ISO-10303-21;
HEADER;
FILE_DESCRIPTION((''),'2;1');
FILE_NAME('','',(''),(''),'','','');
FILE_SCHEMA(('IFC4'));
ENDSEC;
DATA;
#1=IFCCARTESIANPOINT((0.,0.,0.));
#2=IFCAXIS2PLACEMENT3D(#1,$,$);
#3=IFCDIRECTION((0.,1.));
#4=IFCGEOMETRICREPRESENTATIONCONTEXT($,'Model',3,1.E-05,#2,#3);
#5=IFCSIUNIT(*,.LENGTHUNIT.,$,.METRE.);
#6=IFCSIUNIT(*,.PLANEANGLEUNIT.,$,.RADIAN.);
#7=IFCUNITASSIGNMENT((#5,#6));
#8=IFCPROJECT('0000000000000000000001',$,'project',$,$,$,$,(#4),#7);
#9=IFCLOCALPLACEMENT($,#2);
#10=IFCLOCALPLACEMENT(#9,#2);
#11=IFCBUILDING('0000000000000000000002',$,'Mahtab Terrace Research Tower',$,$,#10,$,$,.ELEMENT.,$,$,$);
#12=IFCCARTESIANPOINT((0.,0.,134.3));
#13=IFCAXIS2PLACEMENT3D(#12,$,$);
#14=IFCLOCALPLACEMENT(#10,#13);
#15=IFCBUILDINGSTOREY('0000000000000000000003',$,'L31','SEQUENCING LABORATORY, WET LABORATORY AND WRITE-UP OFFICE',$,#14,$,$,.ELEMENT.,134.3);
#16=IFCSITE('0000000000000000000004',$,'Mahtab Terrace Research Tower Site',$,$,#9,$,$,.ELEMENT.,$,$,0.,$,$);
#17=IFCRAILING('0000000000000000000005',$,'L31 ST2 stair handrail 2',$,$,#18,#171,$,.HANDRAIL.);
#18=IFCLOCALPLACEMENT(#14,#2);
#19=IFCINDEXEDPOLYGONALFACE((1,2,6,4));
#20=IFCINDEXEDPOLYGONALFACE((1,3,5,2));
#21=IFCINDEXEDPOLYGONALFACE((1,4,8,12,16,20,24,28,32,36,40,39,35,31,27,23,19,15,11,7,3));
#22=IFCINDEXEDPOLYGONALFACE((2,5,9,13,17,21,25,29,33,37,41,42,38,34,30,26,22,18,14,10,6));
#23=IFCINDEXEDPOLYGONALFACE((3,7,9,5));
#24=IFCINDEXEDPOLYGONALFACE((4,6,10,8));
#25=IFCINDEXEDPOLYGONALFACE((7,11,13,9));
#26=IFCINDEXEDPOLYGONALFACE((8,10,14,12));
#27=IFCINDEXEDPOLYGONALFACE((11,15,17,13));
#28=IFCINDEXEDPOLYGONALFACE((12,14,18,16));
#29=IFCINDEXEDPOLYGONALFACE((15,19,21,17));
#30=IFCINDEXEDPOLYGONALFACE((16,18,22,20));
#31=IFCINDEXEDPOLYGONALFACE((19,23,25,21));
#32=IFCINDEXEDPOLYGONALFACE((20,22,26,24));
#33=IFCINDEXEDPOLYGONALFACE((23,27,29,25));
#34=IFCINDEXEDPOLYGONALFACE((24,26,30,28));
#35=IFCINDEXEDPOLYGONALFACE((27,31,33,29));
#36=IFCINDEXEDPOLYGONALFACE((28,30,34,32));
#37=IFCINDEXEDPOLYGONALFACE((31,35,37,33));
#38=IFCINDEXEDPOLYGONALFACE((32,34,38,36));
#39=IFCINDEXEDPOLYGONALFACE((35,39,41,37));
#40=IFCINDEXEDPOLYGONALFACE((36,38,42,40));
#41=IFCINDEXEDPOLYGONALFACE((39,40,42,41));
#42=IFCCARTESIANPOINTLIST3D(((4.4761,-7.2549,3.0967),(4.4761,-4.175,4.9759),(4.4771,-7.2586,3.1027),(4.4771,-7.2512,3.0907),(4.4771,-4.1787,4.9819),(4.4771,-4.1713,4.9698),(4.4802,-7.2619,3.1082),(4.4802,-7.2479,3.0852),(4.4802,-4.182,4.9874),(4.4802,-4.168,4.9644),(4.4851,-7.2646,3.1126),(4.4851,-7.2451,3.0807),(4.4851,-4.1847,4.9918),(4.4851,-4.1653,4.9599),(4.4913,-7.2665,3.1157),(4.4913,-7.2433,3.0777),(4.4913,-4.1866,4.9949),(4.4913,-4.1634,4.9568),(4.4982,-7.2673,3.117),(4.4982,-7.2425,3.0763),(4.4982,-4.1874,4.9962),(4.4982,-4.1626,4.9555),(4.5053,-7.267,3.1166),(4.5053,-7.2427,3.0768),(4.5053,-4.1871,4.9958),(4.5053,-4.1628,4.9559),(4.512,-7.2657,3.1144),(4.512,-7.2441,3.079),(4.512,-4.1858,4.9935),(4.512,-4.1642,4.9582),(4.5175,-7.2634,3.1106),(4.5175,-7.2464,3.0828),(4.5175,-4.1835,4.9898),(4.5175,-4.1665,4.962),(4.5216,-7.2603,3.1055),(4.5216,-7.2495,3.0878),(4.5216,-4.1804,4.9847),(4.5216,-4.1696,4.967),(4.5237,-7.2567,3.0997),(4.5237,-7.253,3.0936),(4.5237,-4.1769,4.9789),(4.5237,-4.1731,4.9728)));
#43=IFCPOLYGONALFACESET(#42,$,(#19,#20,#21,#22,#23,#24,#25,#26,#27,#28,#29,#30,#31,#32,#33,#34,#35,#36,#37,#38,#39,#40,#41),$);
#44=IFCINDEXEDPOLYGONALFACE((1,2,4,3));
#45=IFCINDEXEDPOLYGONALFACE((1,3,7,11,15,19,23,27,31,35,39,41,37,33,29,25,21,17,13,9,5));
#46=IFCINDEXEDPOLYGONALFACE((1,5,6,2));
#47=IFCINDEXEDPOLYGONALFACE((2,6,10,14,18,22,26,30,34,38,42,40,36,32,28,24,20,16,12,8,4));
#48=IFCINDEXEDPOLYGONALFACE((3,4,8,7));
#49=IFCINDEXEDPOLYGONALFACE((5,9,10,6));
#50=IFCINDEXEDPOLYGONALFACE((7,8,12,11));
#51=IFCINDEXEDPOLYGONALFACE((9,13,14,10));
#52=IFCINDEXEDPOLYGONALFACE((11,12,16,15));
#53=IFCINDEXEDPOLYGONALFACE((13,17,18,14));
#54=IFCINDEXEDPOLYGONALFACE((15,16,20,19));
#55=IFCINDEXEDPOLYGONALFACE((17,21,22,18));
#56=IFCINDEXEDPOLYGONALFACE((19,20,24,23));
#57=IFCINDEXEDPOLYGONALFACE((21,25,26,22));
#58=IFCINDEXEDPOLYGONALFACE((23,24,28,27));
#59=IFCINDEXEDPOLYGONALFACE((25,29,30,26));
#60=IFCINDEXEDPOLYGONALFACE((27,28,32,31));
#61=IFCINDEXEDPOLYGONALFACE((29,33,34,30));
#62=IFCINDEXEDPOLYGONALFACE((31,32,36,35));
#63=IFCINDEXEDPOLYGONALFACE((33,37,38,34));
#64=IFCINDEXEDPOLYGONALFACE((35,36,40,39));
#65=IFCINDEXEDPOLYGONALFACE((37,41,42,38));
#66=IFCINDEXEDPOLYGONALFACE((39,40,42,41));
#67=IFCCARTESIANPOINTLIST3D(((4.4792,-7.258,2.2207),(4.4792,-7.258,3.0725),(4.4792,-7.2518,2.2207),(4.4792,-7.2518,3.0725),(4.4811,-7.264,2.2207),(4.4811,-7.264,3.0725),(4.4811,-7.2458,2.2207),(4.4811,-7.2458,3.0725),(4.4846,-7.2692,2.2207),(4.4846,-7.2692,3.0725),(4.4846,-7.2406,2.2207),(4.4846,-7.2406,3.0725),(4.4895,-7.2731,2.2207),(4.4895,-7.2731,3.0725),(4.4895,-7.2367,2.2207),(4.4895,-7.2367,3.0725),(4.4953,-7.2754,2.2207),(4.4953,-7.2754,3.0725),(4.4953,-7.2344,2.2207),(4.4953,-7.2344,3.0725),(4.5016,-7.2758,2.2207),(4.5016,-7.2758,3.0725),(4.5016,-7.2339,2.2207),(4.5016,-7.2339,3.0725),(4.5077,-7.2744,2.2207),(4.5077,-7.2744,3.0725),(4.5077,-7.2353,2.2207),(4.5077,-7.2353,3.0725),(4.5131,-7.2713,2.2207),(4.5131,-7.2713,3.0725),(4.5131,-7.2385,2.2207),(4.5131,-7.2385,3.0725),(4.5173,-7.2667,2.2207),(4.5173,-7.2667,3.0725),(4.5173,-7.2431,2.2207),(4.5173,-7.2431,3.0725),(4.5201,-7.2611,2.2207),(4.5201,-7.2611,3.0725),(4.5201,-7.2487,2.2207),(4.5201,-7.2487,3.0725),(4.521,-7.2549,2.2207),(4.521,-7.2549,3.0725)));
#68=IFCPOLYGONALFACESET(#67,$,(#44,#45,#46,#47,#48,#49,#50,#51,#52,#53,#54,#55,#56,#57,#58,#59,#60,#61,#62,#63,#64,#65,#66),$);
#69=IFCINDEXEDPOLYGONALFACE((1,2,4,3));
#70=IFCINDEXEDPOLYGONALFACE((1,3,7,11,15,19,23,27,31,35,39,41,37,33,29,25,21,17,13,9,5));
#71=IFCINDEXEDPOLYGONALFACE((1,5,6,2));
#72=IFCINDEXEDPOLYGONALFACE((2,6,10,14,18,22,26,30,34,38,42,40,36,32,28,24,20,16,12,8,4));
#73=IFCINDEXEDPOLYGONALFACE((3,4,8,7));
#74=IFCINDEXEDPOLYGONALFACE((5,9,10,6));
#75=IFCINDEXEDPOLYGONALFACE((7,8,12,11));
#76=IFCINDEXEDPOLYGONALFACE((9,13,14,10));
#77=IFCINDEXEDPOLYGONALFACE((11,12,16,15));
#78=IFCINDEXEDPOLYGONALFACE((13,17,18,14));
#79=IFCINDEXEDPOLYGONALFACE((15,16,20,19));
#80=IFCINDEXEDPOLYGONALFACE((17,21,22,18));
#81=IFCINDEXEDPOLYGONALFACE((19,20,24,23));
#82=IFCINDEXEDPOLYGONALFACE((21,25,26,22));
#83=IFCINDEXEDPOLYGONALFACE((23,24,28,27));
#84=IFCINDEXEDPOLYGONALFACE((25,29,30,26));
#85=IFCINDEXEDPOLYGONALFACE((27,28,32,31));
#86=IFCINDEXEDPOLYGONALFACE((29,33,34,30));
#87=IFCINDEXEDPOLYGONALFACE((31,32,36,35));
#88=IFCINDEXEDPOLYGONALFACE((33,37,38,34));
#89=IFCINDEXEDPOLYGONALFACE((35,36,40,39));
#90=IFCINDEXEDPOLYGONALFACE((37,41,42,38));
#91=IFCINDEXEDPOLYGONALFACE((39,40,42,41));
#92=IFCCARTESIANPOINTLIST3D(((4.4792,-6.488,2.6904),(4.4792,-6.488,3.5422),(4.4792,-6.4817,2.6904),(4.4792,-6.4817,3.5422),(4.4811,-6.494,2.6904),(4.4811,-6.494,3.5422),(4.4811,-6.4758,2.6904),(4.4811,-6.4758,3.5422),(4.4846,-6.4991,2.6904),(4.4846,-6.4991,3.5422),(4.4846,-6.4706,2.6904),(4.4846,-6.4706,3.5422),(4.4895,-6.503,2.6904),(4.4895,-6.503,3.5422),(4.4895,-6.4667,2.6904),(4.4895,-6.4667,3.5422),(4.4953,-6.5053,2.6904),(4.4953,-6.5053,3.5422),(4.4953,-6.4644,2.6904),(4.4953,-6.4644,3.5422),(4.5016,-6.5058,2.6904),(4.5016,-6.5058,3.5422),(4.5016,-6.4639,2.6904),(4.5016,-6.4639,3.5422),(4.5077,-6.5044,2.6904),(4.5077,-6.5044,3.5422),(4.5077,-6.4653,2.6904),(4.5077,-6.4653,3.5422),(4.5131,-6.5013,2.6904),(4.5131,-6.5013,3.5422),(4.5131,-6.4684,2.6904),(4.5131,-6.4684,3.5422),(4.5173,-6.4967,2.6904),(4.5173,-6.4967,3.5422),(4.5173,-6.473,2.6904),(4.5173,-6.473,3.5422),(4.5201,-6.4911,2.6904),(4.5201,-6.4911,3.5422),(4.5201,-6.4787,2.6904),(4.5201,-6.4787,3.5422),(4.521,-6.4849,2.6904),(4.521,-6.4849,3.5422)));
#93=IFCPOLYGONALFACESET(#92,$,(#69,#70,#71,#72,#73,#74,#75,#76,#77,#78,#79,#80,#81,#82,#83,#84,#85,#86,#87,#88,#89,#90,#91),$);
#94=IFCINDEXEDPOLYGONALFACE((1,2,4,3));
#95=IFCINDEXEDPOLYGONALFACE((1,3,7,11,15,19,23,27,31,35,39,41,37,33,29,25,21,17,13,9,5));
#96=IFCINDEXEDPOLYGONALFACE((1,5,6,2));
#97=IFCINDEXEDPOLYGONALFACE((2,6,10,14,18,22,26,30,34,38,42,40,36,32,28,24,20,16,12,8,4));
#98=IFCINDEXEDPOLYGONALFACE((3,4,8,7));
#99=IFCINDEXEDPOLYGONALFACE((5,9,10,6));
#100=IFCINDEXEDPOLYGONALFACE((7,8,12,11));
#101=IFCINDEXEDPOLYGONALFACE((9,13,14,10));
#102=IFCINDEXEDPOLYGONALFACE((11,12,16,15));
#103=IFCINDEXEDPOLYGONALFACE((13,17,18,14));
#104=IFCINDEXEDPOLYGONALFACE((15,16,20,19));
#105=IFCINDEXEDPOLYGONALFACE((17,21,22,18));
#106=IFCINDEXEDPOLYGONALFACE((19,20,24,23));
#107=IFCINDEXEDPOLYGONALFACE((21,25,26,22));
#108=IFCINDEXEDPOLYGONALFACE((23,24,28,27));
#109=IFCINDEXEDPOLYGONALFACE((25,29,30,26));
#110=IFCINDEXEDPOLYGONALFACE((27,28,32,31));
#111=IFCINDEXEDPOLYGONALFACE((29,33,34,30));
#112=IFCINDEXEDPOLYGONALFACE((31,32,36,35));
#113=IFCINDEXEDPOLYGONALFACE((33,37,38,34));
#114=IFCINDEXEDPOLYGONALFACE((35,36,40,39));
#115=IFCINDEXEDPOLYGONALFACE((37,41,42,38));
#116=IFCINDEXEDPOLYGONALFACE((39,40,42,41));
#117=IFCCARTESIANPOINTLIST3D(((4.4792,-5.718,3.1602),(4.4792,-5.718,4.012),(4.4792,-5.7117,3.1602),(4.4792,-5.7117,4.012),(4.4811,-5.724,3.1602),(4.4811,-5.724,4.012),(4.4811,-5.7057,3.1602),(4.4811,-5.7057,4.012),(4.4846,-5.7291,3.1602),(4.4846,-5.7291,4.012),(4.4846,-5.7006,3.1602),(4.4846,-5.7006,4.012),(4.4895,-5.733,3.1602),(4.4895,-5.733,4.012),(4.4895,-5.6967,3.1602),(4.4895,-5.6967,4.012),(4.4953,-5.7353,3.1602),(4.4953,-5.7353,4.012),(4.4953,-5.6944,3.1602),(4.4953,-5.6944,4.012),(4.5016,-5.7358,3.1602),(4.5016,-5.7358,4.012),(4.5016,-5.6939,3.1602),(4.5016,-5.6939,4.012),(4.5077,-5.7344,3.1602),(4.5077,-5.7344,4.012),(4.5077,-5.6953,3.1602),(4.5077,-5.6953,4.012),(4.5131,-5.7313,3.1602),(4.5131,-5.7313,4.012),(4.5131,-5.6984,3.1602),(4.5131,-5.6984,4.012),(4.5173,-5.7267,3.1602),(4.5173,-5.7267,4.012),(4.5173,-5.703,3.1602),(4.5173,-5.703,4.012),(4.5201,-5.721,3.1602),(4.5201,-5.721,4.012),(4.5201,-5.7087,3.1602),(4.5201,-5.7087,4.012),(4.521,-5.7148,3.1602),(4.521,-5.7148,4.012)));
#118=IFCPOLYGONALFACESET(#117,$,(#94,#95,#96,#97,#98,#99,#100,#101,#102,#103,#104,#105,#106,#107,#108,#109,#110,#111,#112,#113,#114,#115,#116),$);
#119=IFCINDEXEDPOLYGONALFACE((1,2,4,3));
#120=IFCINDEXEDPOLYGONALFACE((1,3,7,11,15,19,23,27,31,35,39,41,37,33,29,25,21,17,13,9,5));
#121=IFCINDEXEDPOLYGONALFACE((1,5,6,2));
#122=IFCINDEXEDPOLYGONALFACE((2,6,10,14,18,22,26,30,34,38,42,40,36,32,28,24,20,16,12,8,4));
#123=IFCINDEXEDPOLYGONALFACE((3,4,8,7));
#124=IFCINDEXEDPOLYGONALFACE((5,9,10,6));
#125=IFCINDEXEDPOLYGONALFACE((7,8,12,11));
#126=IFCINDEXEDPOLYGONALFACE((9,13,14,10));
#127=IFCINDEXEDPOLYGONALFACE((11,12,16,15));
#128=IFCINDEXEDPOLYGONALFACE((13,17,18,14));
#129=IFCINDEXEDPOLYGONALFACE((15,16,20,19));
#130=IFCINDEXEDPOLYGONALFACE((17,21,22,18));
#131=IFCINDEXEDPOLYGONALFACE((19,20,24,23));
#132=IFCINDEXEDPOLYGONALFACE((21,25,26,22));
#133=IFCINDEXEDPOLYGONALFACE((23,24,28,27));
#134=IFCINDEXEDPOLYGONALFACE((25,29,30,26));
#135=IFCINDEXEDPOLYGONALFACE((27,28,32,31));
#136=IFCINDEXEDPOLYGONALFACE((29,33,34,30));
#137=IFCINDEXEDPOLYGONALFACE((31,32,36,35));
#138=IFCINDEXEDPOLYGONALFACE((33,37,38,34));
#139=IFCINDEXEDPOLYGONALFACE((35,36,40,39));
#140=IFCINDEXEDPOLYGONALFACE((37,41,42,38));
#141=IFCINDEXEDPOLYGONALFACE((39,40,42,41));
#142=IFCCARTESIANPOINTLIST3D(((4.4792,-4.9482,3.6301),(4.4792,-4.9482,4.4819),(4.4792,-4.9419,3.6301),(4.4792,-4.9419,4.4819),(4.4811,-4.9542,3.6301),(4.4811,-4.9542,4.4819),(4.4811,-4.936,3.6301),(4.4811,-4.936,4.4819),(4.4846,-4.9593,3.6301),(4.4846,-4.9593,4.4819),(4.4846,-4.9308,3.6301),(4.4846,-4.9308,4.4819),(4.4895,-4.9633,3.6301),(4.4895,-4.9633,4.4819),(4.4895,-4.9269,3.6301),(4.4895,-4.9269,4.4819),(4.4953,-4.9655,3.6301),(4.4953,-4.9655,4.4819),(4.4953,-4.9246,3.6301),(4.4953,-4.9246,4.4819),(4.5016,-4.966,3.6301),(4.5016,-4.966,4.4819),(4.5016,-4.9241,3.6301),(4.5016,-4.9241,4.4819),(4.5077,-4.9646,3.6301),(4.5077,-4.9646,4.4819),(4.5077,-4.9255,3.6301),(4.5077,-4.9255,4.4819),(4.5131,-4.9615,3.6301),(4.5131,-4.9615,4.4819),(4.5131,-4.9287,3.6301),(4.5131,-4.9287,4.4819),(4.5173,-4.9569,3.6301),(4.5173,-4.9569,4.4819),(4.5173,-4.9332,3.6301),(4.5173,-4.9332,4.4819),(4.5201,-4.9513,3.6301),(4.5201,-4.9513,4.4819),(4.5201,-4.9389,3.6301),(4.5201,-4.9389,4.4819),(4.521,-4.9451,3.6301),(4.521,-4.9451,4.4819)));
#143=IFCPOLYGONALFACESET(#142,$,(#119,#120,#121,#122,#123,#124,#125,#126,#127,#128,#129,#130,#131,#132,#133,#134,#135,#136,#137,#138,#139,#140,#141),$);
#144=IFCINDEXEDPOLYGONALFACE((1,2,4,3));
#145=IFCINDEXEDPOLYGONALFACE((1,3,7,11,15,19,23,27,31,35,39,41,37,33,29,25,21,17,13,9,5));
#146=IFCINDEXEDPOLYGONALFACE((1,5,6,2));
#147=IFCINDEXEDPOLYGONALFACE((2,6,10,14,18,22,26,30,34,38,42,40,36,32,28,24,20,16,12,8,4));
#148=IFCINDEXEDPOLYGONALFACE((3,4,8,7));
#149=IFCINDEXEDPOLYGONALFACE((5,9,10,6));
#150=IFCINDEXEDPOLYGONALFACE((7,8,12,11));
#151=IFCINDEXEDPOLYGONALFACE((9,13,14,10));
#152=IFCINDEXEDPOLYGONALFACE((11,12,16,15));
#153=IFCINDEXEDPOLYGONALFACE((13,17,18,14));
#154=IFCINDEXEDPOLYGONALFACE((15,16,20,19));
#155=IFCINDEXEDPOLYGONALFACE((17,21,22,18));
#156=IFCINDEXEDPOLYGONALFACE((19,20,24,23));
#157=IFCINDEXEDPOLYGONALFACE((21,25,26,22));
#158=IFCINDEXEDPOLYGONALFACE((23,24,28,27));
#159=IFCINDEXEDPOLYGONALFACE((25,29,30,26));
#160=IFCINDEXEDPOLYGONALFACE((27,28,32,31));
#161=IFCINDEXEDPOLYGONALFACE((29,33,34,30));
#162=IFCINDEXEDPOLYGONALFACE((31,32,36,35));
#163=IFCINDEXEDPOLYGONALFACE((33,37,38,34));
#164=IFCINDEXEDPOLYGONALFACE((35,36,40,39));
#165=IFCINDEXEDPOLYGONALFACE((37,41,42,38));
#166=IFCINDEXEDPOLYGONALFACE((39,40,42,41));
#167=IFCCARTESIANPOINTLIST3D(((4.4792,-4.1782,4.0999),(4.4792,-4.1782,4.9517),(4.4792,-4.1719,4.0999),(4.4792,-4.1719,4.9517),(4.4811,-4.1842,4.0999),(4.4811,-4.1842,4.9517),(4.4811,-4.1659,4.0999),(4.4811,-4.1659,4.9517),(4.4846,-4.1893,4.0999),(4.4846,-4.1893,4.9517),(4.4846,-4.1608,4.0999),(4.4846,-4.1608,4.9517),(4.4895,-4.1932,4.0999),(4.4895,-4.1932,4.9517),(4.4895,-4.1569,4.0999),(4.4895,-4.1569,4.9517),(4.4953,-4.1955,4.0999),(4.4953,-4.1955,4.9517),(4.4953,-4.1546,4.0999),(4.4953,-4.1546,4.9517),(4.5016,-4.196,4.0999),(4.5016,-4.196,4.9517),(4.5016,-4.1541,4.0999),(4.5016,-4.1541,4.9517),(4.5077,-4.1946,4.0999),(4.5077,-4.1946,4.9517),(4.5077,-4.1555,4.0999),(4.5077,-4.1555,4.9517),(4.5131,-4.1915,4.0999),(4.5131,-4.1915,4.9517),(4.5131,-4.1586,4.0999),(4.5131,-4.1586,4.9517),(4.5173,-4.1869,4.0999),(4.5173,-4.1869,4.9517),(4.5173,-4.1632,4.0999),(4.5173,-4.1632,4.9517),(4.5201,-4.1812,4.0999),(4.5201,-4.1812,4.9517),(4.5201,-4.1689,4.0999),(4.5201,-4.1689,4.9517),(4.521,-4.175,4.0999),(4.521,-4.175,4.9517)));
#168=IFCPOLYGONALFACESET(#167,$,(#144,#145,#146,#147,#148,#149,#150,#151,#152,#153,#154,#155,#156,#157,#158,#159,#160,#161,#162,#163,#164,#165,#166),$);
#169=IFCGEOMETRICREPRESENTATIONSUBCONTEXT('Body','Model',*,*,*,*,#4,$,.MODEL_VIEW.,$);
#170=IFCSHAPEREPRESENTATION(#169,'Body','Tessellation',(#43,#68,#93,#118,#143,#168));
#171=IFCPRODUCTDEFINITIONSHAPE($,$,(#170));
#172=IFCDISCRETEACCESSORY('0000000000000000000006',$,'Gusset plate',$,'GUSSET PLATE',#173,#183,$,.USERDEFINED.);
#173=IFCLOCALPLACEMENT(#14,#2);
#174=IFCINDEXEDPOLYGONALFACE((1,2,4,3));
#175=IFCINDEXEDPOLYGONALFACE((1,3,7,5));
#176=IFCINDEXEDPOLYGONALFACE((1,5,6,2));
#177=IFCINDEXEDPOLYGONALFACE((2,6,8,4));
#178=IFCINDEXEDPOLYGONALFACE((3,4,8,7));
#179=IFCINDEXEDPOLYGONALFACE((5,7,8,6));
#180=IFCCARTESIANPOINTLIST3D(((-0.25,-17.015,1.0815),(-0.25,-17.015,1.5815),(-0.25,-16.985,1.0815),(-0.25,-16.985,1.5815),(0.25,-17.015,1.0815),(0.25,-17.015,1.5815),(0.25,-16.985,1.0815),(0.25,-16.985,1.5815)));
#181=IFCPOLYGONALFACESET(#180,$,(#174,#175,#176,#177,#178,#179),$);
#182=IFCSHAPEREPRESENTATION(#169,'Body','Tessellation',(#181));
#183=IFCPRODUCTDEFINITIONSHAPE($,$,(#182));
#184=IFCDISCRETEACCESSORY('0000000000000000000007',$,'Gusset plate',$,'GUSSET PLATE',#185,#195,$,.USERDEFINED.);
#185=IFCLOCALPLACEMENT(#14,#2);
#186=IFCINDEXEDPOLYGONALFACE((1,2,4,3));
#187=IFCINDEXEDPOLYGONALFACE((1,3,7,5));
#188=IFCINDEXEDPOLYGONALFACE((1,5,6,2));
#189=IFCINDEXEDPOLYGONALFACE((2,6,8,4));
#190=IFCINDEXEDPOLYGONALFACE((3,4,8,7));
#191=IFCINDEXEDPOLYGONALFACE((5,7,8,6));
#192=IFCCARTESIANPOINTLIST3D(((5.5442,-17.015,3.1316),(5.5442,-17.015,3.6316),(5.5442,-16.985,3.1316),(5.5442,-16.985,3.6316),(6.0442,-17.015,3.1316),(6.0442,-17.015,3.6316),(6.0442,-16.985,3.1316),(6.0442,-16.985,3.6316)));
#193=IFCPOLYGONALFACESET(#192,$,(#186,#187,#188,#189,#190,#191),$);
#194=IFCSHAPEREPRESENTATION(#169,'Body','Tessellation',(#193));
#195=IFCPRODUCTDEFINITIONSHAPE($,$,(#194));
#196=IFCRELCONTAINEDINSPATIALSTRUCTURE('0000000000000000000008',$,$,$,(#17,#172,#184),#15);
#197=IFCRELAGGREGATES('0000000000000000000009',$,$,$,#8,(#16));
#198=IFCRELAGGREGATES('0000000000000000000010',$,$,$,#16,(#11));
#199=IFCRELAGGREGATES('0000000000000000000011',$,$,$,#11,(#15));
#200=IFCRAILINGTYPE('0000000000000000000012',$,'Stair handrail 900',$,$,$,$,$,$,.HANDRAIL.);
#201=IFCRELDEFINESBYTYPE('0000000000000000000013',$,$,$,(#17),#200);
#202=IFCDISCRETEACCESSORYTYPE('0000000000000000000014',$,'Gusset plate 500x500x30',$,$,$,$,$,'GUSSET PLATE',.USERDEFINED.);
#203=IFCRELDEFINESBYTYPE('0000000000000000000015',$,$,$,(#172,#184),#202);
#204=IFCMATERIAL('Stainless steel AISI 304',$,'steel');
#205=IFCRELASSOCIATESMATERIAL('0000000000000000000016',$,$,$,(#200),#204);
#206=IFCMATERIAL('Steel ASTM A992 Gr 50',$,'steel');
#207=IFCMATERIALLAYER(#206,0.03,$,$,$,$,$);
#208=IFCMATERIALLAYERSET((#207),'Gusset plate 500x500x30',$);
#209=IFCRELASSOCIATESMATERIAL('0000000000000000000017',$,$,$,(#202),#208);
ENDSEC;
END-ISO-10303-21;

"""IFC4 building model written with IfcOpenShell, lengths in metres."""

from ifc_helpers import new_model, si_unit, direction, frame, origin, origin_2d, place, context, subcontext, project, spatial, rectangle, circle, extrude, material, layer, layer_set, type_object, element, save


model = new_model("IFC4")

# Units and contexts
model_context = context("Model", 3, precision=1e-05, world=origin(), true_north=direction((0.0, 1.0)))
body_context = subcontext(model_context, "Body", "Model", "MODEL_VIEW")
ifc_project = project(units=[si_unit("LENGTHUNIT", "METRE"), si_unit("PLANEANGLEUNIT", "RADIAN")], contexts=[model_context])

# Site, building, storey
site_placement = place(None, origin())
site = spatial("IfcSite", under=ifc_project, at=site_placement, Name="Mahtab Terrace Research Tower Site", CompositionType="ELEMENT", RefElevation=0.0)
building_placement = place(site_placement, origin())
building = spatial("IfcBuilding", under=site, at=building_placement, Name="Mahtab Terrace Research Tower", CompositionType="ELEMENT")
storey_placement = place(building_placement, frame((0.0, 0.0, 134.3)))
storey = spatial("IfcBuildingStorey", under=building, at=storey_placement, Name="L31", Description="SEQUENCING LABORATORY, WET LABORATORY AND WRITE-UP OFFICE", CompositionType="ELEMENT", Elevation=134.3)

# Shared definitions
ifc_material_1 = material(Name="Steel ASTM A992 Gr 50", Category="steel")

# Railing
ifc_material_2 = material(Name="Stainless steel AISI 304", Category="steel")
railing_type_1 = type_object("IfcRailingType", Name="Stair handrail 900", PredefinedType="HANDRAIL", material=ifc_material_2)
railing_1_placement = place(storey_placement, frame((4.5, -7.2549, 2.2207)))
element("IfcRailing", 1, at=railing_1_placement, inside=storey, type_object=railing_type_1, Name="L31 ST2 stair handrail 2", PredefinedType="HANDRAIL", context=body_context, shape_type="SweptSolid", body=[
    extrude(circle(Radius=0.0239, at=origin_2d()), frame((0.0, 0.0, 0.876), z_axis=(0.0, 0.853648, 0.52085), x_axis=(-1.0, 0.0, 0.0)), (0.0, 0.0, 1.0), 3.6079),
    extrude(circle(Radius=0.021, at=origin_2d()), origin(), (0.0, 0.0, 1.0), 0.8518),
    extrude(circle(Radius=0.021, at=origin_2d()), frame((0.0, 0.77, 0.4697)), (0.0, 0.0, 1.0), 0.8518),
    extrude(circle(Radius=0.021, at=origin_2d()), frame((0.0, 1.54, 0.9395)), (0.0, 0.0, 1.0), 0.8518),
    extrude(circle(Radius=0.021, at=origin_2d()), frame((0.0, 2.3098, 1.4094)), (0.0, 0.0, 1.0), 0.8518),
    extrude(circle(Radius=0.021, at=origin_2d()), frame((0.0, 3.0798, 1.8792)), (0.0, 0.0, 1.0), 0.8518),
])

# Discrete accessories
ifc_layer_1 = layer(ifc_material_1, 0.03)
ifc_layer_set_1 = layer_set([ifc_layer_1], Name="Gusset plate 500x500x30")
discrete_accessory_type = type_object("IfcDiscreteAccessoryType", Name="Gusset plate 500x500x30", ElementType="GUSSET PLATE", PredefinedType="USERDEFINED", material=ifc_layer_set_1)
for number, where, z_axis, x_axis, name in (
    (2, (0.0, -17.0, 1.0815), (0.0, 0.0, 1.0), (1.0, 0.0, 0.0), "Gusset plate"),
    (3, (5.7942, -17.0, 3.1316), (0.0, 0.0, 1.0), (1.0, 0.0, 0.0), "Gusset plate"),
):
    element("IfcDiscreteAccessory", number, at=place(storey_placement, frame(where, z_axis=z_axis, x_axis=x_axis)), inside=storey, type_object=discrete_accessory_type, Name=name, ObjectType="GUSSET PLATE", PredefinedType="USERDEFINED", context=body_context, shape_type="SweptSolid", body=[
        extrude(rectangle(XDim=0.5, YDim=0.03, at=origin_2d()), origin(), (0.0, 0.0, 1.0), 0.5),
    ])

save(model, "model.ifc")
